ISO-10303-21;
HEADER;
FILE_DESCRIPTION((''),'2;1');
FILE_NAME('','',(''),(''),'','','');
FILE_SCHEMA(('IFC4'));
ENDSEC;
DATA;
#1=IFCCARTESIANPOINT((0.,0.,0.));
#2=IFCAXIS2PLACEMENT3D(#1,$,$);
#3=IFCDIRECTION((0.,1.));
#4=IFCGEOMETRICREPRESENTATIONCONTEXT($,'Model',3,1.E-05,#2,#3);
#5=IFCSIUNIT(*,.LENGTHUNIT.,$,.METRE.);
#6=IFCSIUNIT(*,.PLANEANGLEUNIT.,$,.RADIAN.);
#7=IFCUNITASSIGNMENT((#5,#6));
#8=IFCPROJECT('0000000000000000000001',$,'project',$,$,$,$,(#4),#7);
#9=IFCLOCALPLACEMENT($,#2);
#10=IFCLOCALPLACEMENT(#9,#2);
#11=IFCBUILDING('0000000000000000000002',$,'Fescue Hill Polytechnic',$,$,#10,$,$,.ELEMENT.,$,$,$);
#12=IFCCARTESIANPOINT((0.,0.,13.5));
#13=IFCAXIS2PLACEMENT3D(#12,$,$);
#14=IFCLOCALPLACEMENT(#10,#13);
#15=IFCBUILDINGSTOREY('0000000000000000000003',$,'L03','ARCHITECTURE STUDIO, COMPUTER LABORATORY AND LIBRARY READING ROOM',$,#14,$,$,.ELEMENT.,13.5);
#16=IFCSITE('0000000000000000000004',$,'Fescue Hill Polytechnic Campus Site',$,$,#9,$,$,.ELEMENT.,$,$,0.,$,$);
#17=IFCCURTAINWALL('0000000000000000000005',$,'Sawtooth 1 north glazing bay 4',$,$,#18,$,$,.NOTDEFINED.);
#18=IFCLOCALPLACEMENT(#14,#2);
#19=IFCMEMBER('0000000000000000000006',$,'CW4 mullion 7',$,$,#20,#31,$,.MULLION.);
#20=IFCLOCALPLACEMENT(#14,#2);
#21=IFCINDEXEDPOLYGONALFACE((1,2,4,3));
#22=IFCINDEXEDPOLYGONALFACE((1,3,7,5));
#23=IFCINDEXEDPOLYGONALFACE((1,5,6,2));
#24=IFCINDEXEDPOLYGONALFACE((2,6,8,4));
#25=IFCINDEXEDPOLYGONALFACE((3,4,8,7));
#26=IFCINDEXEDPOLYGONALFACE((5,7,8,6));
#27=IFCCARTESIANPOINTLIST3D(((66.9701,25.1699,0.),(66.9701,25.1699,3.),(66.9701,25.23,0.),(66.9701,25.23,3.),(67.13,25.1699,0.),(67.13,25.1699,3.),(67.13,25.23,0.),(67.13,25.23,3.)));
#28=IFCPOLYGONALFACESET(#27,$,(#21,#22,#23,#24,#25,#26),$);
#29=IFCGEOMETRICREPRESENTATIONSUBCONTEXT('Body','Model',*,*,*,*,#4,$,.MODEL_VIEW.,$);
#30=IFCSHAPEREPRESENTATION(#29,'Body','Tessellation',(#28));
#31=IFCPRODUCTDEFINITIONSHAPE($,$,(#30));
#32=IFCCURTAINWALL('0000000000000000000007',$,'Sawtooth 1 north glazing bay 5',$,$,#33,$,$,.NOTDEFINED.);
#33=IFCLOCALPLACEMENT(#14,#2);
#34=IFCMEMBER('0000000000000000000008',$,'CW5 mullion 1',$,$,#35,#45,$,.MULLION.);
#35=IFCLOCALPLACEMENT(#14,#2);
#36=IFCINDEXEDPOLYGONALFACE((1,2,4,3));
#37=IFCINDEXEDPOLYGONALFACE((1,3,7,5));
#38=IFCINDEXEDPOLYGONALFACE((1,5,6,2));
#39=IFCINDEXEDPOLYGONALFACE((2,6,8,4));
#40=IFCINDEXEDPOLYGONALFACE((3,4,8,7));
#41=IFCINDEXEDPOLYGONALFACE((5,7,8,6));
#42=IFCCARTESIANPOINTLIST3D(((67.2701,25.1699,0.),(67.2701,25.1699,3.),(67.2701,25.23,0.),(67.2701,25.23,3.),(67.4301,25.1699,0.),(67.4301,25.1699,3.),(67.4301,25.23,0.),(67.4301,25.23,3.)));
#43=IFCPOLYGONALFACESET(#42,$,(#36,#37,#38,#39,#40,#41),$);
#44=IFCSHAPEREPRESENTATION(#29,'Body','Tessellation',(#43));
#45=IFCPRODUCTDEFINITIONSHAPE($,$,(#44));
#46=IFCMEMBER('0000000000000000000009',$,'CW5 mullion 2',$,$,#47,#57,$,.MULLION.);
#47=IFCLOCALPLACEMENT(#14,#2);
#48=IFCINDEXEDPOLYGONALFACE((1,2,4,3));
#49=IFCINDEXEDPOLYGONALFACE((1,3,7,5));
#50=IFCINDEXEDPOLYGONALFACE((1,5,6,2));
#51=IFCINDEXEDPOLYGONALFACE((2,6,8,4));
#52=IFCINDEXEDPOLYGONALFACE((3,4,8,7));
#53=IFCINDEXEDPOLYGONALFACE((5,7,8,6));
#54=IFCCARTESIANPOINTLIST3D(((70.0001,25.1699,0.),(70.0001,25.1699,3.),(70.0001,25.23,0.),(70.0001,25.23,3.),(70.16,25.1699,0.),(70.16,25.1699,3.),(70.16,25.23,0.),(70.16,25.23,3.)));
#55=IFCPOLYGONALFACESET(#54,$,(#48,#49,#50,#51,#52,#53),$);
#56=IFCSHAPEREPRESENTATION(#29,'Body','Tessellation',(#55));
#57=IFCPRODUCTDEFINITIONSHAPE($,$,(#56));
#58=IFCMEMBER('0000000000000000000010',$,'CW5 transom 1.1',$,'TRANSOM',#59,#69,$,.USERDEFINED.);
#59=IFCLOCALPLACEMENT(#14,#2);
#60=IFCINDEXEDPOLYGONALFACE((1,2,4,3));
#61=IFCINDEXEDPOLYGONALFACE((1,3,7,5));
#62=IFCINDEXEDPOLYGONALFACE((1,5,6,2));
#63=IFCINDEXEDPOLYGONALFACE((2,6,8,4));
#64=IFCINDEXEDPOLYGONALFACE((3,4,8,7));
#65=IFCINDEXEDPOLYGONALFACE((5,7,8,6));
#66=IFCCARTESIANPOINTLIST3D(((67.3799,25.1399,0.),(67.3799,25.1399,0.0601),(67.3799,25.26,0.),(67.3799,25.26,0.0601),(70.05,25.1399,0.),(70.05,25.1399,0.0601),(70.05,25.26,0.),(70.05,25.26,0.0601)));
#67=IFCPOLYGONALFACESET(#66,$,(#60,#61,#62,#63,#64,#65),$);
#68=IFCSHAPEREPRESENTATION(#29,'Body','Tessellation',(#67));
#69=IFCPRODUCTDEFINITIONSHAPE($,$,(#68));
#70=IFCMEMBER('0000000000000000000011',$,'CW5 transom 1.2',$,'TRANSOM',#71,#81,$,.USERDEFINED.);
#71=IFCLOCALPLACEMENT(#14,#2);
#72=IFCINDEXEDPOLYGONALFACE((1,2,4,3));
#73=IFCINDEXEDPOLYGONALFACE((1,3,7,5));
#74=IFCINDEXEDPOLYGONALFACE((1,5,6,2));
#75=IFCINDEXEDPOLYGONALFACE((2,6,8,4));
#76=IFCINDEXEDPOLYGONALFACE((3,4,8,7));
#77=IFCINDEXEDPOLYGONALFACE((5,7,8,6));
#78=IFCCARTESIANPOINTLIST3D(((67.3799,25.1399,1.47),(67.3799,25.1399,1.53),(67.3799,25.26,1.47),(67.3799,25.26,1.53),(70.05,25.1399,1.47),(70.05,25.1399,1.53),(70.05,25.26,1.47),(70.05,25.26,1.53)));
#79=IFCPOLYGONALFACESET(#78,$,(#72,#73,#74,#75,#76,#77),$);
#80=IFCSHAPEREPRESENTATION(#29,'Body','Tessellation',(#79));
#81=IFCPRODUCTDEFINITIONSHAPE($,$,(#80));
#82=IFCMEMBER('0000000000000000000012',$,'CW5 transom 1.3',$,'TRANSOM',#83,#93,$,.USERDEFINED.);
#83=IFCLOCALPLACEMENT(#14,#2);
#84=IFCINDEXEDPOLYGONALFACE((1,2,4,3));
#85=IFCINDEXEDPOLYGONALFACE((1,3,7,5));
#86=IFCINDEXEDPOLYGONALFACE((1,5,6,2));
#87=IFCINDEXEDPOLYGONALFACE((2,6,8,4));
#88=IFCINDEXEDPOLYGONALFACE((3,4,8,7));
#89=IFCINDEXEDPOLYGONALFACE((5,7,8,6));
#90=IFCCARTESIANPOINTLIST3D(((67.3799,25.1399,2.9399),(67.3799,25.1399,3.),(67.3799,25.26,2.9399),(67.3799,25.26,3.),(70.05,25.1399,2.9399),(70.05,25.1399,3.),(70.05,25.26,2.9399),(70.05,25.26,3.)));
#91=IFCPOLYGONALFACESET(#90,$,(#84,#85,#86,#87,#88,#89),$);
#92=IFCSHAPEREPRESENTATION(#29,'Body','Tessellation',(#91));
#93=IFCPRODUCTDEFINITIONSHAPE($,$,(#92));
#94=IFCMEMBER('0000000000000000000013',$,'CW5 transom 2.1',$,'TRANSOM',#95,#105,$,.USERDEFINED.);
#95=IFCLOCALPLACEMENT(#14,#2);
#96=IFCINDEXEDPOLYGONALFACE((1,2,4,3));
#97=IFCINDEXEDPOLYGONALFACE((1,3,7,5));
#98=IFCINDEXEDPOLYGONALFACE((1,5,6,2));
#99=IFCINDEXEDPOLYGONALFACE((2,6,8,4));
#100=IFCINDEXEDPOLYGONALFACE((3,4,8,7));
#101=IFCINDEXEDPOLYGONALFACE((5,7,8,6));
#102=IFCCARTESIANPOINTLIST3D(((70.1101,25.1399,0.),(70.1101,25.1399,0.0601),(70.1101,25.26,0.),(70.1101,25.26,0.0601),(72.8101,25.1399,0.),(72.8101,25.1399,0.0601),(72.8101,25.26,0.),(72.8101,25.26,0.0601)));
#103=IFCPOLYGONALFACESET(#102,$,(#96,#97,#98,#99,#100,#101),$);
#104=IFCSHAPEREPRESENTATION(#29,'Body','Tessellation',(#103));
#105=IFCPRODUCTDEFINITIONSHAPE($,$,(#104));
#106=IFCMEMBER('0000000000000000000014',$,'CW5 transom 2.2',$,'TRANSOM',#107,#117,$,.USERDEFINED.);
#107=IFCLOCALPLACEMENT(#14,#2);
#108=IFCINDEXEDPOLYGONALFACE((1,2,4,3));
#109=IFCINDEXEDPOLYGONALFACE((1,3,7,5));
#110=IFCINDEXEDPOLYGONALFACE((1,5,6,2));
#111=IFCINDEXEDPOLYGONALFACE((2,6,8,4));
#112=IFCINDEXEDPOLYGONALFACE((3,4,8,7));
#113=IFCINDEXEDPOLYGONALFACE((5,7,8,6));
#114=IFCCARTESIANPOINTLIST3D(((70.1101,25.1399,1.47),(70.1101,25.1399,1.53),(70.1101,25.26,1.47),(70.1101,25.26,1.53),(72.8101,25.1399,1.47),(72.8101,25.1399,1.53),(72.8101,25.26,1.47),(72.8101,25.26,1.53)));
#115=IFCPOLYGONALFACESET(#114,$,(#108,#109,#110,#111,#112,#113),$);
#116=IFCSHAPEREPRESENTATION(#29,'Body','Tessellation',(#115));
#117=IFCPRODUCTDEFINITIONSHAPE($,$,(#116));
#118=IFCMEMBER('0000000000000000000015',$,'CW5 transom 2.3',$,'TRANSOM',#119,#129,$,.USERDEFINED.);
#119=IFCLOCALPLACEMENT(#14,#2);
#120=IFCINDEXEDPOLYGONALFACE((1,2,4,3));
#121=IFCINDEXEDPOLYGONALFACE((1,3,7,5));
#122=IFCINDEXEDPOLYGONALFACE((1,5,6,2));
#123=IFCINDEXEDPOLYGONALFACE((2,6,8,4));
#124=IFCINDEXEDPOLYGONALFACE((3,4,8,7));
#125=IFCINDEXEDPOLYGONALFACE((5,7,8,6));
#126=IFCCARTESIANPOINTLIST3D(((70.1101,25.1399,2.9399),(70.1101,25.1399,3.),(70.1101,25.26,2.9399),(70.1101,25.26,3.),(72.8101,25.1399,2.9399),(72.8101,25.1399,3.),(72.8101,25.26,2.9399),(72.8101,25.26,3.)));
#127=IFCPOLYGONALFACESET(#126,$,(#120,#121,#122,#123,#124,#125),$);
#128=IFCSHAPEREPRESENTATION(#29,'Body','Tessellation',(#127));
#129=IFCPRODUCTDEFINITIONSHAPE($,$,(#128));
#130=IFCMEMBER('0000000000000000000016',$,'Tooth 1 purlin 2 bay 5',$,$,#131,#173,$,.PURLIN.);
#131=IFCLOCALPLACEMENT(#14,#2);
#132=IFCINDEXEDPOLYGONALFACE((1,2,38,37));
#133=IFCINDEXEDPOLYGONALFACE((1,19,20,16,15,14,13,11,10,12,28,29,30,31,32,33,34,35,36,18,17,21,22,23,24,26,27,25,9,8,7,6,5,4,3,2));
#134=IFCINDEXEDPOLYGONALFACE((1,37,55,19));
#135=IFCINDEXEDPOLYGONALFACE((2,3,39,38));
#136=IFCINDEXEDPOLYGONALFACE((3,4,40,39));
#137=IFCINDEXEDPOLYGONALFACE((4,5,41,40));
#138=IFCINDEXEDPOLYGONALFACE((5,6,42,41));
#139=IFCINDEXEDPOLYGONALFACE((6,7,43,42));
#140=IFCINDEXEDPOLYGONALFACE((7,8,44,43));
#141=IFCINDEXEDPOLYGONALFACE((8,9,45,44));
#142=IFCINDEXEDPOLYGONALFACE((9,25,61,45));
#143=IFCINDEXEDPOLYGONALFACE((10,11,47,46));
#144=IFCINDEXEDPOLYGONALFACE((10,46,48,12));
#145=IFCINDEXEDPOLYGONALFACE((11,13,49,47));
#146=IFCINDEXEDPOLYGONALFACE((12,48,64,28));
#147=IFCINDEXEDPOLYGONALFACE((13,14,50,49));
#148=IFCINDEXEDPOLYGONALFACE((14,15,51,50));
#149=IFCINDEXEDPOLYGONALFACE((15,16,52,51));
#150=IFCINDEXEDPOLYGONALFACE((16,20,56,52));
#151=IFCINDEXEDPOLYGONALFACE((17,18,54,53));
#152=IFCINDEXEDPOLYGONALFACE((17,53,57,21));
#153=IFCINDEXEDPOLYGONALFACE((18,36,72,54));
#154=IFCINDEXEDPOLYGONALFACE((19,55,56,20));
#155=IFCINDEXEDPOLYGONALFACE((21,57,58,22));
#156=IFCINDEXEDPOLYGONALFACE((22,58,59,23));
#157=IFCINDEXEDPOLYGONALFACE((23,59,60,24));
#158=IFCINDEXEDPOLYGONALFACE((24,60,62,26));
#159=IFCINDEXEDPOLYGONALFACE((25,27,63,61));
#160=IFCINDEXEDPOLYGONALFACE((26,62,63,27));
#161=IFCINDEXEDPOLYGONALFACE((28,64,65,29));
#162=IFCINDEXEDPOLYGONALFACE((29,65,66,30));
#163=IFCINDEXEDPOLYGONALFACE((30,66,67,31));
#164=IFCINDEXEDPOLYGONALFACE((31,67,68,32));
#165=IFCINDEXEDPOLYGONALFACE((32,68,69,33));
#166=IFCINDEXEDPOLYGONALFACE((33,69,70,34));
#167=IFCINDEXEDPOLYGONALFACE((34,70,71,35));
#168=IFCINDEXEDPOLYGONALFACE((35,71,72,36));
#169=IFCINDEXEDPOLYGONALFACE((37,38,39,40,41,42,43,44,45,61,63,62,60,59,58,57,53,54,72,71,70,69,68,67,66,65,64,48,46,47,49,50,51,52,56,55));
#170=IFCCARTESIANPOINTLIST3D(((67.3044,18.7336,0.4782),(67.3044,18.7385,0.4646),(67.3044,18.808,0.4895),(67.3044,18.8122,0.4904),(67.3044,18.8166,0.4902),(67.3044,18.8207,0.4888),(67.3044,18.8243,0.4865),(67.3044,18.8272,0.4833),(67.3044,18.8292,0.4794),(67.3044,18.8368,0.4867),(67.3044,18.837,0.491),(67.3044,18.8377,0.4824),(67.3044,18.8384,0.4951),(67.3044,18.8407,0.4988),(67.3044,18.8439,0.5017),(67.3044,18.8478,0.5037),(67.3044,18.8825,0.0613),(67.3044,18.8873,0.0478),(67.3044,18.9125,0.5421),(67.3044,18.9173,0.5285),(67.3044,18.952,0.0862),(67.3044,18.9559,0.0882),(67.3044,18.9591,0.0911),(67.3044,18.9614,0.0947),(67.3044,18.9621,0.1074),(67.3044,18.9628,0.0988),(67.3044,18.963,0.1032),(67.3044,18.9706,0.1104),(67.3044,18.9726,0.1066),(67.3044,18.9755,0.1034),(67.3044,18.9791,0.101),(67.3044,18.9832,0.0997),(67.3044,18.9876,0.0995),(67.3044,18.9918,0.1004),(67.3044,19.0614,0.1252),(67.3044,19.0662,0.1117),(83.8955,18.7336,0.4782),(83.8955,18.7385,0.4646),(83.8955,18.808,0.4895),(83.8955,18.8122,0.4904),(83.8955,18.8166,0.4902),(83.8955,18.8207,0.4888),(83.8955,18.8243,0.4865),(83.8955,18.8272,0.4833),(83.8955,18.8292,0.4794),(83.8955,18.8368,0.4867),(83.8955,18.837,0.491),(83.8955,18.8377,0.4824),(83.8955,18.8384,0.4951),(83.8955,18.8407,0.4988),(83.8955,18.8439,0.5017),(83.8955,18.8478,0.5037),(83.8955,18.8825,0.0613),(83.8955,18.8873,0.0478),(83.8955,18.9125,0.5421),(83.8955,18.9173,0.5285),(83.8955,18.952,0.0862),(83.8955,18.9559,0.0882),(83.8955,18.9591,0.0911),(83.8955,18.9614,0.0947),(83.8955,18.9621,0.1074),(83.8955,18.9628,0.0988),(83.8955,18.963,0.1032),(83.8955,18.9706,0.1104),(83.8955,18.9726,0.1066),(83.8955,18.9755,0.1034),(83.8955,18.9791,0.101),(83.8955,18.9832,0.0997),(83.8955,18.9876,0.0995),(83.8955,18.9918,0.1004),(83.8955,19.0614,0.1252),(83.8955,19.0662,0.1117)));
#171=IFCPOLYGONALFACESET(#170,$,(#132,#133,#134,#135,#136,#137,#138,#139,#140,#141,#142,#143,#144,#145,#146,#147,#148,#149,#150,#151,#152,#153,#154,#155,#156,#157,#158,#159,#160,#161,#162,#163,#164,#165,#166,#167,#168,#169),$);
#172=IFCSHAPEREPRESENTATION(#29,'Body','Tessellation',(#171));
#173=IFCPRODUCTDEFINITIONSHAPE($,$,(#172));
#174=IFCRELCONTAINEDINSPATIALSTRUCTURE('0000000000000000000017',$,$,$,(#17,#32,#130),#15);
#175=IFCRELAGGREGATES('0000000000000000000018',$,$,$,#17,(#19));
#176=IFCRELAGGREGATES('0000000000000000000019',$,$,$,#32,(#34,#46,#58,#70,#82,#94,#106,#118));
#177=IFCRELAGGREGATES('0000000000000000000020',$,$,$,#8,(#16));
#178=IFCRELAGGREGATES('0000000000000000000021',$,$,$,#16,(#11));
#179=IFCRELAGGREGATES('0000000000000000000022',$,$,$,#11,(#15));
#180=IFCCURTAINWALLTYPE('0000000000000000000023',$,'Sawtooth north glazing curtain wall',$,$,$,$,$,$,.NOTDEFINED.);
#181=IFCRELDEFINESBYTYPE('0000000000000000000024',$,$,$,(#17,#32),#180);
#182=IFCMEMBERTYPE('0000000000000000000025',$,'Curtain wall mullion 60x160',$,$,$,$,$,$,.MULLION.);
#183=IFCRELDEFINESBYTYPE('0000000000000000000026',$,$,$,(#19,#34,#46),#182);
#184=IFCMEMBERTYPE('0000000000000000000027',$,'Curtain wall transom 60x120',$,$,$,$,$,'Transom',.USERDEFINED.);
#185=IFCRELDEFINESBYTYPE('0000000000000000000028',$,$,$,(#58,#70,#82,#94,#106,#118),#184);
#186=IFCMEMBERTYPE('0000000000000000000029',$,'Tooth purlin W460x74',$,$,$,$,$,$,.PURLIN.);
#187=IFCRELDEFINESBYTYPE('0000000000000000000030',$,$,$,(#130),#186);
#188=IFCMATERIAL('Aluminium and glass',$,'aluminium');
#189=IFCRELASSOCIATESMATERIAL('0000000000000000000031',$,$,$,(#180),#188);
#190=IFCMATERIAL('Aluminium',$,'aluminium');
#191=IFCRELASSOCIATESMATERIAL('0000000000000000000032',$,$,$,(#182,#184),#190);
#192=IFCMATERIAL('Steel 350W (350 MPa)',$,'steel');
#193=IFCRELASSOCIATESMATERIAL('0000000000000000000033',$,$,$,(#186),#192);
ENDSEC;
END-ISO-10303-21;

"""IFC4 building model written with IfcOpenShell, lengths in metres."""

from ifc_helpers import new_model, si_unit, direction, frame, origin, origin_2d, place, context, subcontext, project, spatial, rectangle, i_section, extrude, material, material_profile, profile_set, type_object, element, aggregate, save


model = new_model("IFC4")

# Units and contexts
model_context = context("Model", 3, precision=1e-05, world=origin(), true_north=direction((0.0, 1.0)))
body_context = subcontext(model_context, "Body", "Model", "MODEL_VIEW")
ifc_project = project(units=[si_unit("LENGTHUNIT", "METRE"), si_unit("PLANEANGLEUNIT", "RADIAN")], contexts=[model_context])

# Site, building, storey
site_placement = place(None, origin())
site = spatial("IfcSite", under=ifc_project, at=site_placement, Name="Fescue Hill Polytechnic Campus Site", CompositionType="ELEMENT", RefElevation=0.0)
building_placement = place(site_placement, origin())
building = spatial("IfcBuilding", under=site, at=building_placement, Name="Fescue Hill Polytechnic", CompositionType="ELEMENT")
storey_placement = place(building_placement, frame((0.0, 0.0, 13.5)))
storey = spatial("IfcBuildingStorey", under=building, at=storey_placement, Name="L03", Description="ARCHITECTURE STUDIO, COMPUTER LABORATORY AND LIBRARY READING ROOM", CompositionType="ELEMENT", Elevation=13.5)

# Curtain wall, member
ifc_material_1 = material(Name="Aluminium and glass", Category="aluminium")
curtain_wall_type = type_object("IfcCurtainWallType", Name="Sawtooth north glazing curtain wall", PredefinedType="NOTDEFINED", material=ifc_material_1)
curtain_wall_1_placement = place(storey_placement, origin())
curtain_wall_1 = element("IfcCurtainWall", 1, at=curtain_wall_1_placement, inside=storey, type_object=curtain_wall_type, Name="Sawtooth 1 north glazing bay 4", PredefinedType="NOTDEFINED")
ifc_material_2 = material(Name="Aluminium", Category="aluminium")
ifc_material_profile_1 = material_profile(ifc_material_2, rectangle(XDim=0.0601, YDim=0.1599, at=origin_2d()), Name="Curtain wall mullion 60x160")
ifc_profile_set_1 = profile_set([ifc_material_profile_1], Name="Aluminium")
member_type_1 = type_object("IfcMemberType", Name="Curtain wall mullion 60x160", PredefinedType="MULLION", material=ifc_profile_set_1)
member_1_placement = place(storey_placement, frame((67.05, 25.2, 0.0), z_axis=(0.0, 0.0, 1.0), x_axis=(0.0, 1.0, 0.0)))
member_1 = element("IfcMember", 2, at=member_1_placement, type_object=member_type_1, Name="CW4 mullion 7", PredefinedType="MULLION", context=body_context, shape_type="SweptSolid", body=[
    extrude(rectangle(XDim=0.0601, YDim=0.1599, at=origin_2d()), origin(), (0.0, 0.0, 1.0), 3.0),
])
aggregate(curtain_wall_1, [member_1])

# Curtain wall, members
curtain_wall_2_placement = place(storey_placement, origin())
curtain_wall_2 = element("IfcCurtainWall", 3, at=curtain_wall_2_placement, inside=storey, type_object=curtain_wall_type, Name="Sawtooth 1 north glazing bay 5", PredefinedType="NOTDEFINED")
member_2_placement = place(storey_placement, frame((67.3501, 25.2, 0.0), z_axis=(0.0, 0.0, 1.0), x_axis=(0.0, 1.0, 0.0)))
member_2 = element("IfcMember", 4, at=member_2_placement, type_object=member_type_1, Name="CW5 mullion 1", PredefinedType="MULLION", context=body_context, shape_type="SweptSolid", body=[
    extrude(rectangle(XDim=0.0601, YDim=0.1599, at=origin_2d()), origin(), (0.0, 0.0, 1.0), 3.0),
])
member_3_placement = place(storey_placement, frame((70.0801, 25.2, 0.0), z_axis=(0.0, 0.0, 1.0), x_axis=(0.0, 1.0, 0.0)))
member_3 = element("IfcMember", 5, at=member_3_placement, type_object=member_type_1, Name="CW5 mullion 2", PredefinedType="MULLION", context=body_context, shape_type="SweptSolid", body=[
    extrude(rectangle(XDim=0.0601, YDim=0.1599, at=origin_2d()), origin(), (0.0, 0.0, 1.0), 3.0),
])
ifc_material_profile_2 = material_profile(ifc_material_2, rectangle(XDim=0.1201, YDim=0.0601, at=origin_2d()), Name="Curtain wall transom 60x120")
ifc_profile_set_2 = profile_set([ifc_material_profile_2], Name="Aluminium")
member_type_2 = type_object("IfcMemberType", Name="Curtain wall transom 60x120", ElementType="Transom", PredefinedType="USERDEFINED", material=ifc_profile_set_2)
member_4_placement = place(storey_placement, frame((67.3799, 25.2, 0.03), z_axis=(1.0, 0.0, 0.0), x_axis=(0.0, 1.0, 0.0)))
member_4 = element("IfcMember", 6, at=member_4_placement, type_object=member_type_2, Name="CW5 transom 1.1", ObjectType="TRANSOM", PredefinedType="USERDEFINED", context=body_context, shape_type="SweptSolid", body=[
    extrude(rectangle(XDim=0.1201, YDim=0.0601, at=origin_2d()), origin(), (0.0, 0.0, 1.0), 2.6702),
])
member_5_placement = place(storey_placement, frame((67.3799, 25.2, 1.5), z_axis=(1.0, 0.0, 0.0), x_axis=(0.0, 1.0, 0.0)))
member_5 = element("IfcMember", 7, at=member_5_placement, type_object=member_type_2, Name="CW5 transom 1.2", ObjectType="TRANSOM", PredefinedType="USERDEFINED", context=body_context, shape_type="SweptSolid", body=[
    extrude(rectangle(XDim=0.1201, YDim=0.0601, at=origin_2d()), origin(), (0.0, 0.0, 1.0), 2.6702),
])
member_6_placement = place(storey_placement, frame((67.3799, 25.2, 2.97), z_axis=(1.0, 0.0, 0.0), x_axis=(0.0, 1.0, 0.0)))
member_6 = element("IfcMember", 8, at=member_6_placement, type_object=member_type_2, Name="CW5 transom 1.3", ObjectType="TRANSOM", PredefinedType="USERDEFINED", context=body_context, shape_type="SweptSolid", body=[
    extrude(rectangle(XDim=0.1201, YDim=0.0601, at=origin_2d()), origin(), (0.0, 0.0, 1.0), 2.6702),
])
member_7_placement = place(storey_placement, frame((70.1101, 25.2, 0.03), z_axis=(1.0, 0.0, 0.0), x_axis=(0.0, 1.0, 0.0)))
member_7 = element("IfcMember", 9, at=member_7_placement, type_object=member_type_2, Name="CW5 transom 2.1", ObjectType="TRANSOM", PredefinedType="USERDEFINED", context=body_context, shape_type="SweptSolid", body=[
    extrude(rectangle(XDim=0.1201, YDim=0.0601, at=origin_2d()), origin(), (0.0, 0.0, 1.0), 2.7),
])
member_8_placement = place(storey_placement, frame((70.1101, 25.2, 1.5), z_axis=(1.0, 0.0, 0.0), x_axis=(0.0, 1.0, 0.0)))
member_8 = element("IfcMember", 10, at=member_8_placement, type_object=member_type_2, Name="CW5 transom 2.2", ObjectType="TRANSOM", PredefinedType="USERDEFINED", context=body_context, shape_type="SweptSolid", body=[
    extrude(rectangle(XDim=0.1201, YDim=0.0601, at=origin_2d()), origin(), (0.0, 0.0, 1.0), 2.7),
])
member_9_placement = place(storey_placement, frame((70.1101, 25.2, 2.97), z_axis=(1.0, 0.0, 0.0), x_axis=(0.0, 1.0, 0.0)))
member_9 = element("IfcMember", 11, at=member_9_placement, type_object=member_type_2, Name="CW5 transom 2.3", ObjectType="TRANSOM", PredefinedType="USERDEFINED", context=body_context, shape_type="SweptSolid", body=[
    extrude(rectangle(XDim=0.1201, YDim=0.0601, at=origin_2d()), origin(), (0.0, 0.0, 1.0), 2.7),
])

# Member
ifc_material_3 = material(Name="Steel 350W (350 MPa)", Category="steel")
ifc_material_profile_3 = material_profile(ifc_material_3, i_section(OverallWidth=0.1899, OverallDepth=0.457, WebThickness=0.009, FlangeThickness=0.0144, FilletRadius=0.0166, at=origin_2d()), Name="W460x74")
ifc_profile_set_3 = profile_set([ifc_material_profile_3], Name="Steel 350W (350 MPa)")
member_type_3 = type_object("IfcMemberType", Name="Tooth purlin W460x74", PredefinedType="PURLIN", material=ifc_profile_set_3)
for number, where, z_axis, x_axis, name in (
    (12, (67.3044, 18.8999, 0.2949), (1.0, 0.0, 0.0), (0.0, 0.941742, 0.336336), "Tooth 1 purlin 2 bay 5"),
):
    element("IfcMember", number, at=place(storey_placement, frame(where, z_axis=z_axis, x_axis=x_axis)), inside=storey, type_object=member_type_3, Name=name, PredefinedType="PURLIN", context=body_context, shape_type="SweptSolid", body=[
        extrude(i_section(OverallWidth=0.1899, OverallDepth=0.457, WebThickness=0.009, FlangeThickness=0.0144, FilletRadius=0.0166, at=origin_2d()), origin(), (0.0, 0.0, 1.0), 16.5911),
    ])

aggregate(curtain_wall_2, [member_2, member_3, member_4, member_5, member_6, member_7, member_8, member_9])

save(model, "model.ifc")
